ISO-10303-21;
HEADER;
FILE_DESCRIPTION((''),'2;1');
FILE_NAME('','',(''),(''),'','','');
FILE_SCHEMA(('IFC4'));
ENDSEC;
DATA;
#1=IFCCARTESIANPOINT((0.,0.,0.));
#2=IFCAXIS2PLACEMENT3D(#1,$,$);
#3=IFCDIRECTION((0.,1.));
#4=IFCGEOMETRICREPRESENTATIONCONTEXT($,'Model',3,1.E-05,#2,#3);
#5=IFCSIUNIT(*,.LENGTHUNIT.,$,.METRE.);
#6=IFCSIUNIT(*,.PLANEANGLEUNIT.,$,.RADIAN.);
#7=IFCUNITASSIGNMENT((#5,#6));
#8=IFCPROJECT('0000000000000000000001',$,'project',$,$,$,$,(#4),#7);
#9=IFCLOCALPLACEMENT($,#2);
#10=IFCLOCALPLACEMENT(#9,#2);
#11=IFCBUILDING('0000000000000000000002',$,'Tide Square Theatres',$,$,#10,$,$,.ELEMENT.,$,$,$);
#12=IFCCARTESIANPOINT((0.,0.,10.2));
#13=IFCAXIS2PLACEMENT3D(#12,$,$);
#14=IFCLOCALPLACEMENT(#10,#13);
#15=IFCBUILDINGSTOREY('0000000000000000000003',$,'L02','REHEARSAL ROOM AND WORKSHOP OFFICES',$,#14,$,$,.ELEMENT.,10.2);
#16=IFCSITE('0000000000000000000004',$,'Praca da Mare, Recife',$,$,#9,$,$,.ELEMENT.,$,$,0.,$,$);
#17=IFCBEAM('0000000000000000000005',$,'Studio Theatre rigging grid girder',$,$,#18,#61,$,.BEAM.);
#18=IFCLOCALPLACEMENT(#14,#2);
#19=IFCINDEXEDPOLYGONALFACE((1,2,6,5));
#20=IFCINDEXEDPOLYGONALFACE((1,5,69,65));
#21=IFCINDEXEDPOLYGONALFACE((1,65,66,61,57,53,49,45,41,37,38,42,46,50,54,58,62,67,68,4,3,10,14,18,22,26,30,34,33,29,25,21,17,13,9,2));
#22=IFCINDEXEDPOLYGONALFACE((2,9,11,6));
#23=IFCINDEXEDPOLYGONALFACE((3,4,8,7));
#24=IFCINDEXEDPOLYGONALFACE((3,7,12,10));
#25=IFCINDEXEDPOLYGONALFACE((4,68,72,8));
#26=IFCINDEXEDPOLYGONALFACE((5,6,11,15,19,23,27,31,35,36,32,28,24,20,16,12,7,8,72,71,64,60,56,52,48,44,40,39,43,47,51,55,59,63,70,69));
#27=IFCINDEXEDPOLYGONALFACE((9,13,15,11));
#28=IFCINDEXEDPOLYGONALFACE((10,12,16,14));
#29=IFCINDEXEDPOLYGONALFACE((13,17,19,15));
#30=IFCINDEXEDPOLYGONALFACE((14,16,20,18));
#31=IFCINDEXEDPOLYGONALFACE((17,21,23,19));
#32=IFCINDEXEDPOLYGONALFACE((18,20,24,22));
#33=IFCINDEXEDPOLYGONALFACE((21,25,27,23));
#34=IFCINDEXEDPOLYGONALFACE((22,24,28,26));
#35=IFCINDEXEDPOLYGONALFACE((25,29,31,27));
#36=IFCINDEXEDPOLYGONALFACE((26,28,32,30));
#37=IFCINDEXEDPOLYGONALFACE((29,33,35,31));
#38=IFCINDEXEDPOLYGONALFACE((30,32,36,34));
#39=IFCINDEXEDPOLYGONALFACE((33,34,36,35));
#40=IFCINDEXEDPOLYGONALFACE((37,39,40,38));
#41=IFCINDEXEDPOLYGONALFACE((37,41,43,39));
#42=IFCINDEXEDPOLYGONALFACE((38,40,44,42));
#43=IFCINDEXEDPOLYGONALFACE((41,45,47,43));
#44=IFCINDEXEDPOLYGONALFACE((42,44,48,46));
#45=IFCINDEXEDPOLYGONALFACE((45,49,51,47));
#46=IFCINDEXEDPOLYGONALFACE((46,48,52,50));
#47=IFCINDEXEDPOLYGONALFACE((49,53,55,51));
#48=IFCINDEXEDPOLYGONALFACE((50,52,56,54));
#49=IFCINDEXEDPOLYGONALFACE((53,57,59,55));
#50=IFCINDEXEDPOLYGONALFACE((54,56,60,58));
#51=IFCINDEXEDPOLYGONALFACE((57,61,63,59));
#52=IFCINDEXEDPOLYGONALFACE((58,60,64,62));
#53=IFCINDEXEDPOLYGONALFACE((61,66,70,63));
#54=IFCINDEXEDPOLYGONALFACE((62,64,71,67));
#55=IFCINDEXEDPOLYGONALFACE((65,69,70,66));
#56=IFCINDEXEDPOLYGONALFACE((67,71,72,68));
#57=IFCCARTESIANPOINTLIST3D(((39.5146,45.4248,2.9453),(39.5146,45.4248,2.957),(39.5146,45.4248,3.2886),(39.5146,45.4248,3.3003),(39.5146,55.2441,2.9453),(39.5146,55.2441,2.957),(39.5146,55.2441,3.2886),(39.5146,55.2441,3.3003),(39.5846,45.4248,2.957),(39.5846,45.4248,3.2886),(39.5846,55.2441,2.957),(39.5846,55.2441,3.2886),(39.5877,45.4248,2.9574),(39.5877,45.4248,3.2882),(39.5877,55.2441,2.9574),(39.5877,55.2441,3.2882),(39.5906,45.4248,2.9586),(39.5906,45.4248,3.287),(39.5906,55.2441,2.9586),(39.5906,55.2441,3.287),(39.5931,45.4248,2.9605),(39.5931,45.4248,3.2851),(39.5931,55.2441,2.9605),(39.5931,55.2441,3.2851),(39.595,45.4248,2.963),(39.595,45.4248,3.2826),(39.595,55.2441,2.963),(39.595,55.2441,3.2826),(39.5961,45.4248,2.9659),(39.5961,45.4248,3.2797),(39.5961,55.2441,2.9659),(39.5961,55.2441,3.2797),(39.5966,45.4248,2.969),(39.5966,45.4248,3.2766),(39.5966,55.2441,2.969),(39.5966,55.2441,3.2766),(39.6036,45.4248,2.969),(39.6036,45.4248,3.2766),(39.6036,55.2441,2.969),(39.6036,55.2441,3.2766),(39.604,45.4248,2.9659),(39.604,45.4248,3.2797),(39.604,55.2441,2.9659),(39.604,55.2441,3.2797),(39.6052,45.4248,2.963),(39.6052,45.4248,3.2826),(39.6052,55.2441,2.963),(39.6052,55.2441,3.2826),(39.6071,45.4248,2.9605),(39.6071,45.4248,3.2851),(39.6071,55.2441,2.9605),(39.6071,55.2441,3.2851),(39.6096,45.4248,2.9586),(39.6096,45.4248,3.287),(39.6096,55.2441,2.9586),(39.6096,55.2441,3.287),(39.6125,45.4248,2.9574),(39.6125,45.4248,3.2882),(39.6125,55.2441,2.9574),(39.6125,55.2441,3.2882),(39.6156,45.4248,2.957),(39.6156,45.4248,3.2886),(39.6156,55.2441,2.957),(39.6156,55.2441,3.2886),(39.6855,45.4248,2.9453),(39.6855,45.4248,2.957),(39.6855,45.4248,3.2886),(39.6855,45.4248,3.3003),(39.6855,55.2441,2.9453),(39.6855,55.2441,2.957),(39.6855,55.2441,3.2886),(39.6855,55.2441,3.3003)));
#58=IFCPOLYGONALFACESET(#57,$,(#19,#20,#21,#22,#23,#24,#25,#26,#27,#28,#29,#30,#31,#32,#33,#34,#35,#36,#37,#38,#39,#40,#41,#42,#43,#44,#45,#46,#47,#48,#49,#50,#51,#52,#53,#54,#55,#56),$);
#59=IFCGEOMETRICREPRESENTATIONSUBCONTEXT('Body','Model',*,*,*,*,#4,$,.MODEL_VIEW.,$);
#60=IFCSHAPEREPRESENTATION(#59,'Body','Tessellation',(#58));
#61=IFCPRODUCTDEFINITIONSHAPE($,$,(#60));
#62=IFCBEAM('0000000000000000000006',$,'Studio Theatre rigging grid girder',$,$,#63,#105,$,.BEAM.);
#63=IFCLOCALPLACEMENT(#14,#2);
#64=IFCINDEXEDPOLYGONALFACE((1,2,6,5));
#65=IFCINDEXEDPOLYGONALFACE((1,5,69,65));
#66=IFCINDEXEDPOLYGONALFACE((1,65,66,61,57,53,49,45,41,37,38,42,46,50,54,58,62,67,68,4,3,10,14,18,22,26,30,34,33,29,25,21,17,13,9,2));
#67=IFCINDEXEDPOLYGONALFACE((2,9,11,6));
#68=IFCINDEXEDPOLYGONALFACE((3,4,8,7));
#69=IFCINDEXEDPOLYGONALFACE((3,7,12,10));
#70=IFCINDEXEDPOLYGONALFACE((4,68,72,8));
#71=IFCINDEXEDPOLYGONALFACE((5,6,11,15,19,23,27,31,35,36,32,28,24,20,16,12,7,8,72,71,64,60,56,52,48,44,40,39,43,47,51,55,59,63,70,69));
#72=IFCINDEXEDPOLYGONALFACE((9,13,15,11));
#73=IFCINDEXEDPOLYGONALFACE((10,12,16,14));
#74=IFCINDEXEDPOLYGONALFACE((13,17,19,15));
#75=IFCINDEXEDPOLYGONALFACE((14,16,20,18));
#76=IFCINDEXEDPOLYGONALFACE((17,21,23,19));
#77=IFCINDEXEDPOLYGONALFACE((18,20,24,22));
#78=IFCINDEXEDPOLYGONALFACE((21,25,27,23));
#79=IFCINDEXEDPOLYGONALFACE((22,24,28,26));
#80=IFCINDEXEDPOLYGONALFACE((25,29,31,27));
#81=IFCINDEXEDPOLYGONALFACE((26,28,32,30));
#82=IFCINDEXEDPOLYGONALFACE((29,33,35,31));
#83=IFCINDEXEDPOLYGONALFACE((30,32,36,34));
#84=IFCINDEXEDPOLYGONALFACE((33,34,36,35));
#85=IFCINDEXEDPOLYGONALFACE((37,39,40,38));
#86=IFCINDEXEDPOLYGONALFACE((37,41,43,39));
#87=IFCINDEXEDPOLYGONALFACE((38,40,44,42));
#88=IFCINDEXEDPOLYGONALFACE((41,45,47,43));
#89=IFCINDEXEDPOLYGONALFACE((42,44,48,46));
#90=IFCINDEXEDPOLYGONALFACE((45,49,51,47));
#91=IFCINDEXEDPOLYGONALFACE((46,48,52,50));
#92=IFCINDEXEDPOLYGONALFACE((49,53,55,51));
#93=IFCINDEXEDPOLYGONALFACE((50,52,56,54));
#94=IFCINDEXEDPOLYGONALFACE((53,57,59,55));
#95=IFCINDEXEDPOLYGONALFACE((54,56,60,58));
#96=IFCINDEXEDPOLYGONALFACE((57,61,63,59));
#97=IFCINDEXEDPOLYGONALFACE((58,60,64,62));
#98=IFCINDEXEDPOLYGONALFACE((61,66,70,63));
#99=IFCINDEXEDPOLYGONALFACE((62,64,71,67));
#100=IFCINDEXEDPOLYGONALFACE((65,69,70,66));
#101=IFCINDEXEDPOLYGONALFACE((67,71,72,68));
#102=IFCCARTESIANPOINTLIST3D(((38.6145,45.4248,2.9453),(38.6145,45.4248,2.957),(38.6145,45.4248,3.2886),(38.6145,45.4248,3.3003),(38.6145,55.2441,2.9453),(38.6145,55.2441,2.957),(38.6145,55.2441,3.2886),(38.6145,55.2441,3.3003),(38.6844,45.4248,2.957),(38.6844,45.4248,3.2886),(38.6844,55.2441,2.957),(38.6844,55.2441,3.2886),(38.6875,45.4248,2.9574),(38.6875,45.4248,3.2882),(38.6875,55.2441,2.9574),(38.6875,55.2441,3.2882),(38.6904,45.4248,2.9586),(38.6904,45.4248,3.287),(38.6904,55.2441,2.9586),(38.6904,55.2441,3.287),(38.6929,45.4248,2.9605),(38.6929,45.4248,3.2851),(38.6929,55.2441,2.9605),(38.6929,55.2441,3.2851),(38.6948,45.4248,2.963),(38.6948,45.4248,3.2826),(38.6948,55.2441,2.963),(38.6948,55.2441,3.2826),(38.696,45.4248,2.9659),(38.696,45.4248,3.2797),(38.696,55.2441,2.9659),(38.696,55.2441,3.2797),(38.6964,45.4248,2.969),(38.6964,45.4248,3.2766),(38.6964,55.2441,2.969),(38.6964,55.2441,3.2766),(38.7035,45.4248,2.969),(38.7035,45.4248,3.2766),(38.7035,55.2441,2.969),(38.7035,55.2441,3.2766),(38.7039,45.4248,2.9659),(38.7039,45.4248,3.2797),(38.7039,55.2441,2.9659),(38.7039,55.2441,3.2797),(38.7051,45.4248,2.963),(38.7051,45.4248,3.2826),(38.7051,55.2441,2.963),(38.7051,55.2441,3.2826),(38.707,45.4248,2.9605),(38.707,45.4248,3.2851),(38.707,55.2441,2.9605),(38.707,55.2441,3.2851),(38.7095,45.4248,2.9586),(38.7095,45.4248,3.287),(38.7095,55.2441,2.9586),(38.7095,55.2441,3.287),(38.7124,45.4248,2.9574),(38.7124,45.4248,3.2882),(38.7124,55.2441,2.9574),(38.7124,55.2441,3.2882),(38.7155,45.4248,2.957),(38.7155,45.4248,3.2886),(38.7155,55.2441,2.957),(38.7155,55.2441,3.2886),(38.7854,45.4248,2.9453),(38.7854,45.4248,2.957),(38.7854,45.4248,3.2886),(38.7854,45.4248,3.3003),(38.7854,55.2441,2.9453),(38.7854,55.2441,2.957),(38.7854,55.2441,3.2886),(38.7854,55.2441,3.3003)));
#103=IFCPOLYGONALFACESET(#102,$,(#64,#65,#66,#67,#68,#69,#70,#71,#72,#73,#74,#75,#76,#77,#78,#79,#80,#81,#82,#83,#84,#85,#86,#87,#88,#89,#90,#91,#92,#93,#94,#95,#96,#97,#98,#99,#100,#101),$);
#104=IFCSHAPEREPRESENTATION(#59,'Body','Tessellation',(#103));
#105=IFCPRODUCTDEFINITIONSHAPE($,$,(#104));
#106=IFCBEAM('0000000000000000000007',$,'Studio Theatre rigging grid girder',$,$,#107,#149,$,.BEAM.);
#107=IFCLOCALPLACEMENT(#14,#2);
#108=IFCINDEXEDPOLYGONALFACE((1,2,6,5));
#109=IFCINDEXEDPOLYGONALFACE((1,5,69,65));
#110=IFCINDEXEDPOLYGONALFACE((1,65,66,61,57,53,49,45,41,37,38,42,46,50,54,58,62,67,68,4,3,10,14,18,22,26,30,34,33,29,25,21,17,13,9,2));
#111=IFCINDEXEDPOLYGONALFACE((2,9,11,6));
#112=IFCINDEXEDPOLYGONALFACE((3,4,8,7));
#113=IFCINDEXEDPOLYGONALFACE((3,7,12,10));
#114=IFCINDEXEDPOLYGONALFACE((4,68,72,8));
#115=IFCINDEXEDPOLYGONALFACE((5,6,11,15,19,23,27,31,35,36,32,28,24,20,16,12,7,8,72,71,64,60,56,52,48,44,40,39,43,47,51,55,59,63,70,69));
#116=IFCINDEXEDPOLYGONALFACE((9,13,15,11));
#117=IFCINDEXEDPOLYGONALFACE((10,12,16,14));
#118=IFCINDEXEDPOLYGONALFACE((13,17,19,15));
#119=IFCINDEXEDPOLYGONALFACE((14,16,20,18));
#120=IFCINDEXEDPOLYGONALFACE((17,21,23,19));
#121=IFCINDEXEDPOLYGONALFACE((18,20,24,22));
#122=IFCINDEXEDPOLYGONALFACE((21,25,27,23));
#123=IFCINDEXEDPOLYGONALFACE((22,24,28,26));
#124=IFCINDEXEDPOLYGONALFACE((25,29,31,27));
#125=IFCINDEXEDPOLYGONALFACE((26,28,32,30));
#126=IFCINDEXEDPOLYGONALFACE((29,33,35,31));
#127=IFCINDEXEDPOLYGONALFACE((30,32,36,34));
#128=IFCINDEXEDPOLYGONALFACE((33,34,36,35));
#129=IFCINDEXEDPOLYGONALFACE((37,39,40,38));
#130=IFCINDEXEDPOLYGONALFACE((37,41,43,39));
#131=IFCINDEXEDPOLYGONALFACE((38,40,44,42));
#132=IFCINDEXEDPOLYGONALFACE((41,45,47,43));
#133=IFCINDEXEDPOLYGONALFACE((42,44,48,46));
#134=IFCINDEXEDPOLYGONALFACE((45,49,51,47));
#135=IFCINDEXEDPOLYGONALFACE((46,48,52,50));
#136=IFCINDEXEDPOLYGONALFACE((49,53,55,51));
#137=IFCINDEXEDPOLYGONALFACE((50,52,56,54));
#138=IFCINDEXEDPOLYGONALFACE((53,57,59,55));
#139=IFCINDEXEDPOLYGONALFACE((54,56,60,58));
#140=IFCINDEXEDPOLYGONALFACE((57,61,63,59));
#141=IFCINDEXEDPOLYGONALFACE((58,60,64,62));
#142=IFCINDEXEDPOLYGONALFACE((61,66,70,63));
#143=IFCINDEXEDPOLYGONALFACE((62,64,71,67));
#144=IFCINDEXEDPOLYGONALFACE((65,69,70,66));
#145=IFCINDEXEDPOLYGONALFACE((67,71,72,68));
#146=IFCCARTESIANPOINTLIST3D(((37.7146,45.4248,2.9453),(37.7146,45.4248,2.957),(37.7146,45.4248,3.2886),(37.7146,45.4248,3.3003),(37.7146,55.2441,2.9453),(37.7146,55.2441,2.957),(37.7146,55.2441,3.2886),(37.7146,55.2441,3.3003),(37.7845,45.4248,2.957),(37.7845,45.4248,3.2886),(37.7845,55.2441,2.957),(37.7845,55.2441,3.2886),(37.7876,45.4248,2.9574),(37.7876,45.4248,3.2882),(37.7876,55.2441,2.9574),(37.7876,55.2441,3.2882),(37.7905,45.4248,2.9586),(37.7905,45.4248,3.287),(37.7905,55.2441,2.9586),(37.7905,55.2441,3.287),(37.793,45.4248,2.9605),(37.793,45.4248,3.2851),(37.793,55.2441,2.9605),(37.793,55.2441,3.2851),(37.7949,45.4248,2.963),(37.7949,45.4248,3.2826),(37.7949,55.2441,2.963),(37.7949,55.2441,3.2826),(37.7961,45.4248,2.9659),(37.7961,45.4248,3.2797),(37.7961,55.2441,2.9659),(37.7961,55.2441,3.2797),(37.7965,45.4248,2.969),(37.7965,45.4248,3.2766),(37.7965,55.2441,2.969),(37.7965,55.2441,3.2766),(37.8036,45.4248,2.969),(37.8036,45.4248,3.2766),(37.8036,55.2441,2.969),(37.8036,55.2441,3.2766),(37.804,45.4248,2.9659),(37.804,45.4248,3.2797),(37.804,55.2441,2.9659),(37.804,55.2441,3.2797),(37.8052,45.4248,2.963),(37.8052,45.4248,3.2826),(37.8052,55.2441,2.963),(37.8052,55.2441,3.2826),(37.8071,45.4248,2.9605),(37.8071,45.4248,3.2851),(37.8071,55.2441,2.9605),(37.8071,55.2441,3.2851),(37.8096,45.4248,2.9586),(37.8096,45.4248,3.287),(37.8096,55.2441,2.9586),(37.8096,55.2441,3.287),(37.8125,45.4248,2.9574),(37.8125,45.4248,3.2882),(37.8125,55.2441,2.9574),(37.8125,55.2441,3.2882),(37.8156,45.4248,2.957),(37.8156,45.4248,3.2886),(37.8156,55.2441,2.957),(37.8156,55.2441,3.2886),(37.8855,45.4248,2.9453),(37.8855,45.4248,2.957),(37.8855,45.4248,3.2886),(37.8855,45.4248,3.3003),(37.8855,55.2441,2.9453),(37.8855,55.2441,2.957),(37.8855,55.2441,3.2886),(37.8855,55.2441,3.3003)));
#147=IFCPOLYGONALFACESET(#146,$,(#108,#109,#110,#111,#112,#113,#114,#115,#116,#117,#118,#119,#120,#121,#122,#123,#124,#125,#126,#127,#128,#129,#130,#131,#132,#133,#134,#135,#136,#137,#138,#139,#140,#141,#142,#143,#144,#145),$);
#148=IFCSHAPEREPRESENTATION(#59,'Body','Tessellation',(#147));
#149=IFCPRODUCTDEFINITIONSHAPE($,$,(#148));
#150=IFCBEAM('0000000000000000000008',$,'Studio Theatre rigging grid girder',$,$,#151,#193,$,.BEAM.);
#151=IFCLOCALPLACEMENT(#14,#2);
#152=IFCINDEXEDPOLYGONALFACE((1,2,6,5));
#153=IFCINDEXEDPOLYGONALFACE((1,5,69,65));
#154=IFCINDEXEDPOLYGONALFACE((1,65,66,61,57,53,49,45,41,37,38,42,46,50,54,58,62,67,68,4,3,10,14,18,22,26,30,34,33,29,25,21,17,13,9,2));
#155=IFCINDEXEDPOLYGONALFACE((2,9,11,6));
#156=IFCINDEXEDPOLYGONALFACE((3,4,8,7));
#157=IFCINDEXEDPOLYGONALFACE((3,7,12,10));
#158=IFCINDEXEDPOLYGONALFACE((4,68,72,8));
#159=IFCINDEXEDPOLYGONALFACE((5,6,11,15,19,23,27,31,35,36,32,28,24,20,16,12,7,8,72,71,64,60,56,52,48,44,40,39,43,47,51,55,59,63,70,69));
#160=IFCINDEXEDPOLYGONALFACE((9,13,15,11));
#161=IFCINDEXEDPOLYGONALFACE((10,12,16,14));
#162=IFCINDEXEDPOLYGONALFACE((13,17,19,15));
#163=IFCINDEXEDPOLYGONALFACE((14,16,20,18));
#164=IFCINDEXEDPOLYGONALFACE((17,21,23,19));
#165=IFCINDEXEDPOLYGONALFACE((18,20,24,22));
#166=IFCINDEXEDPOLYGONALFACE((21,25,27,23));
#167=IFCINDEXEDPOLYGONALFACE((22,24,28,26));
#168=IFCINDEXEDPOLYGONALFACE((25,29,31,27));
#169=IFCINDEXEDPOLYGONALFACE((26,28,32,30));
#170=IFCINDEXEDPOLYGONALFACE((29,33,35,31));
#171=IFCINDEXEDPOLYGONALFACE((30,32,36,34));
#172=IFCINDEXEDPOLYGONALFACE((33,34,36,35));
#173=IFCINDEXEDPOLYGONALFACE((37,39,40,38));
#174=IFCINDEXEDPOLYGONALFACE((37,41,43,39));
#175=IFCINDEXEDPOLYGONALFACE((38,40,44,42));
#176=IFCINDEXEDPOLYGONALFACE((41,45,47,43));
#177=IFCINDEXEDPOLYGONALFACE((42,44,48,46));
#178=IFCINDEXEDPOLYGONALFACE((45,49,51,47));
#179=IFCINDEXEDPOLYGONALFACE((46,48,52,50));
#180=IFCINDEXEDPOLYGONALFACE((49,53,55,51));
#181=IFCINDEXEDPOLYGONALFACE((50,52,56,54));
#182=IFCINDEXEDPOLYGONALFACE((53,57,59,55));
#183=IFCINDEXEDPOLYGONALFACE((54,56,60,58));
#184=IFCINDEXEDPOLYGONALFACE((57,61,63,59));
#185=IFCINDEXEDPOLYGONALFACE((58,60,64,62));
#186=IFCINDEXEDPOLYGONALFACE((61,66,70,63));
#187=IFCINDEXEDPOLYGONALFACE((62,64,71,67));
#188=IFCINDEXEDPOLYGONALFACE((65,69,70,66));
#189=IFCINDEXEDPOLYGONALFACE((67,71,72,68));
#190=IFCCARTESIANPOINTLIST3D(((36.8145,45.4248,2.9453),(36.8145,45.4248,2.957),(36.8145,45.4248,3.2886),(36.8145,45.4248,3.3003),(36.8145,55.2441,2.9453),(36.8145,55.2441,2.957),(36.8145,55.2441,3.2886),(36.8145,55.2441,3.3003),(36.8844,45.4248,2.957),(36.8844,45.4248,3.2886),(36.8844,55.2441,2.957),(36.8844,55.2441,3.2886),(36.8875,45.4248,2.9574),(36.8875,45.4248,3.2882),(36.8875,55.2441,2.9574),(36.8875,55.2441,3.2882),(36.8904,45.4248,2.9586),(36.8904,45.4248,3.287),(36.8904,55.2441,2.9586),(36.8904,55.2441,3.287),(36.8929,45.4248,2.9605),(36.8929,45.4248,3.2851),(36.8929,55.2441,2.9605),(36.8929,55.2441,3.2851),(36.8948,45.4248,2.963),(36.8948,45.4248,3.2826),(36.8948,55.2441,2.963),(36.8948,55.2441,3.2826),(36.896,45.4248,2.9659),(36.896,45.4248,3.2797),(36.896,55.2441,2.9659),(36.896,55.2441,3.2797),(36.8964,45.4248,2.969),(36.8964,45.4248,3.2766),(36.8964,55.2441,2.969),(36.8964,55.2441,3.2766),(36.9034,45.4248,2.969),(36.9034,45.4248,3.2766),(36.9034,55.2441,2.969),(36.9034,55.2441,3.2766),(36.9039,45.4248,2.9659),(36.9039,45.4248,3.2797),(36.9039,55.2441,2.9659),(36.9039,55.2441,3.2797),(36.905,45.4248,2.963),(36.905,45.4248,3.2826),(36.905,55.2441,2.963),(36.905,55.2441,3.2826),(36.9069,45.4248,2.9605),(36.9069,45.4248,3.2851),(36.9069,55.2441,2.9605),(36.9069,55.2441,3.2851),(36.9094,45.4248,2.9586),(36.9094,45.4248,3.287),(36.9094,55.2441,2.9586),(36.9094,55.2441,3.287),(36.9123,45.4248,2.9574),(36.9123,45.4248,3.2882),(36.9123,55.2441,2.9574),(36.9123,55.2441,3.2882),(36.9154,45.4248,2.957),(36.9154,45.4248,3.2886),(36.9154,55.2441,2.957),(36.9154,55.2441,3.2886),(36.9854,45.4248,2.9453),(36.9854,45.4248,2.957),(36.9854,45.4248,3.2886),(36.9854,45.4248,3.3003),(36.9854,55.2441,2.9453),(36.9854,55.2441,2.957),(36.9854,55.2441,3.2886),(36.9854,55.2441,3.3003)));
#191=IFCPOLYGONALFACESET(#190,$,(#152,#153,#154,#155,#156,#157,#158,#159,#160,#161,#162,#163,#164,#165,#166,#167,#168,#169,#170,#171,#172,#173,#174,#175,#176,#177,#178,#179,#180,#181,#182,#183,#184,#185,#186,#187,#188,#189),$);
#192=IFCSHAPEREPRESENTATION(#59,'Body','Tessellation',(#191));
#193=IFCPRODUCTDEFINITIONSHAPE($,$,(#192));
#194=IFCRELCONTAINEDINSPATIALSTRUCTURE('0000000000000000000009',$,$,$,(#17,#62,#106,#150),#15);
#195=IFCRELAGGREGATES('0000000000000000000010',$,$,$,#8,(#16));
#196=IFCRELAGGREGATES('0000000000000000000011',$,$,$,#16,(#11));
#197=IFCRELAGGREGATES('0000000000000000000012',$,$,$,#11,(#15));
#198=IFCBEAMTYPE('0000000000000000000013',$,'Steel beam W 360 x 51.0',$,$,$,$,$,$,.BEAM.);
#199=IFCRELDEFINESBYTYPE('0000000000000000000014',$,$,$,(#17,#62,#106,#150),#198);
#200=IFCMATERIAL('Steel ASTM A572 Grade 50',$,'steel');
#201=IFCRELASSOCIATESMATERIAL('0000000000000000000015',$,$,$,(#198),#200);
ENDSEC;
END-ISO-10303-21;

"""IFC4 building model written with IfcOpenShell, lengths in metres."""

from ifc_helpers import new_model, si_unit, direction, frame, origin, origin_2d, place, context, subcontext, project, spatial, i_section, extrude, material, material_profile, profile_set, type_object, element, save


model = new_model("IFC4")

# Units and contexts
model_context = context("Model", 3, precision=1e-05, world=origin(), true_north=direction((0.0, 1.0)))
body_context = subcontext(model_context, "Body", "Model", "MODEL_VIEW")
ifc_project = project(units=[si_unit("LENGTHUNIT", "METRE"), si_unit("PLANEANGLEUNIT", "RADIAN")], contexts=[model_context])

# Site, building, storey
site_placement = place(None, origin())
site = spatial("IfcSite", under=ifc_project, at=site_placement, Name="Praca da Mare, Recife", CompositionType="ELEMENT", RefElevation=0.0)
building_placement = place(site_placement, origin())
building = spatial("IfcBuilding", under=site, at=building_placement, Name="Tide Square Theatres", CompositionType="ELEMENT")
storey_placement = place(building_placement, frame((0.0, 0.0, 10.2)))
storey = spatial("IfcBuildingStorey", under=building, at=storey_placement, Name="L02", Description="REHEARSAL ROOM AND WORKSHOP OFFICES", CompositionType="ELEMENT", Elevation=10.2)

# Beams
ifc_material_1 = material(Name="Steel ASTM A572 Grade 50", Category="steel")
ifc_material_profile_1 = material_profile(ifc_material_1, i_section(OverallWidth=0.1709, OverallDepth=0.355, WebThickness=0.0071, FlangeThickness=0.0117, FilletRadius=0.012, at=origin_2d()))
ifc_profile_set_1 = profile_set([ifc_material_profile_1], Name="Steel ASTM A572 Grade 50")
beam_type_1 = type_object("IfcBeamType", Name="Steel beam W 360 x 51.0", PredefinedType="BEAM", material=ifc_profile_set_1)
for number, where, z_axis, x_axis, name in (
    (1, (39.6001, 45.4248, 3.1228), (0.0, 1.0, 0.0), (-1.0, 0.0, 0.0), "Studio Theatre rigging grid girder"),
    (2, (38.7, 45.4248, 3.1228), (0.0, 1.0, 0.0), (-1.0, 0.0, 0.0), "Studio Theatre rigging grid girder"),
    (3, (37.8, 45.4248, 3.1228), (0.0, 1.0, 0.0), (-1.0, 0.0, 0.0), "Studio Theatre rigging grid girder"),
    (4, (36.8999, 45.4248, 3.1228), (0.0, 1.0, 0.0), (-1.0, 0.0, 0.0), "Studio Theatre rigging grid girder"),
):
    element("IfcBeam", number, at=place(storey_placement, frame(where, z_axis=z_axis, x_axis=x_axis)), inside=storey, type_object=beam_type_1, Name=name, PredefinedType="BEAM", context=body_context, shape_type="SweptSolid", body=[
        extrude(i_section(OverallWidth=0.1709, OverallDepth=0.355, WebThickness=0.0071, FlangeThickness=0.0117, FilletRadius=0.012, at=origin_2d()), origin(), (0.0, 0.0, 1.0), 9.8193),
    ])

save(model, "model.ifc")
